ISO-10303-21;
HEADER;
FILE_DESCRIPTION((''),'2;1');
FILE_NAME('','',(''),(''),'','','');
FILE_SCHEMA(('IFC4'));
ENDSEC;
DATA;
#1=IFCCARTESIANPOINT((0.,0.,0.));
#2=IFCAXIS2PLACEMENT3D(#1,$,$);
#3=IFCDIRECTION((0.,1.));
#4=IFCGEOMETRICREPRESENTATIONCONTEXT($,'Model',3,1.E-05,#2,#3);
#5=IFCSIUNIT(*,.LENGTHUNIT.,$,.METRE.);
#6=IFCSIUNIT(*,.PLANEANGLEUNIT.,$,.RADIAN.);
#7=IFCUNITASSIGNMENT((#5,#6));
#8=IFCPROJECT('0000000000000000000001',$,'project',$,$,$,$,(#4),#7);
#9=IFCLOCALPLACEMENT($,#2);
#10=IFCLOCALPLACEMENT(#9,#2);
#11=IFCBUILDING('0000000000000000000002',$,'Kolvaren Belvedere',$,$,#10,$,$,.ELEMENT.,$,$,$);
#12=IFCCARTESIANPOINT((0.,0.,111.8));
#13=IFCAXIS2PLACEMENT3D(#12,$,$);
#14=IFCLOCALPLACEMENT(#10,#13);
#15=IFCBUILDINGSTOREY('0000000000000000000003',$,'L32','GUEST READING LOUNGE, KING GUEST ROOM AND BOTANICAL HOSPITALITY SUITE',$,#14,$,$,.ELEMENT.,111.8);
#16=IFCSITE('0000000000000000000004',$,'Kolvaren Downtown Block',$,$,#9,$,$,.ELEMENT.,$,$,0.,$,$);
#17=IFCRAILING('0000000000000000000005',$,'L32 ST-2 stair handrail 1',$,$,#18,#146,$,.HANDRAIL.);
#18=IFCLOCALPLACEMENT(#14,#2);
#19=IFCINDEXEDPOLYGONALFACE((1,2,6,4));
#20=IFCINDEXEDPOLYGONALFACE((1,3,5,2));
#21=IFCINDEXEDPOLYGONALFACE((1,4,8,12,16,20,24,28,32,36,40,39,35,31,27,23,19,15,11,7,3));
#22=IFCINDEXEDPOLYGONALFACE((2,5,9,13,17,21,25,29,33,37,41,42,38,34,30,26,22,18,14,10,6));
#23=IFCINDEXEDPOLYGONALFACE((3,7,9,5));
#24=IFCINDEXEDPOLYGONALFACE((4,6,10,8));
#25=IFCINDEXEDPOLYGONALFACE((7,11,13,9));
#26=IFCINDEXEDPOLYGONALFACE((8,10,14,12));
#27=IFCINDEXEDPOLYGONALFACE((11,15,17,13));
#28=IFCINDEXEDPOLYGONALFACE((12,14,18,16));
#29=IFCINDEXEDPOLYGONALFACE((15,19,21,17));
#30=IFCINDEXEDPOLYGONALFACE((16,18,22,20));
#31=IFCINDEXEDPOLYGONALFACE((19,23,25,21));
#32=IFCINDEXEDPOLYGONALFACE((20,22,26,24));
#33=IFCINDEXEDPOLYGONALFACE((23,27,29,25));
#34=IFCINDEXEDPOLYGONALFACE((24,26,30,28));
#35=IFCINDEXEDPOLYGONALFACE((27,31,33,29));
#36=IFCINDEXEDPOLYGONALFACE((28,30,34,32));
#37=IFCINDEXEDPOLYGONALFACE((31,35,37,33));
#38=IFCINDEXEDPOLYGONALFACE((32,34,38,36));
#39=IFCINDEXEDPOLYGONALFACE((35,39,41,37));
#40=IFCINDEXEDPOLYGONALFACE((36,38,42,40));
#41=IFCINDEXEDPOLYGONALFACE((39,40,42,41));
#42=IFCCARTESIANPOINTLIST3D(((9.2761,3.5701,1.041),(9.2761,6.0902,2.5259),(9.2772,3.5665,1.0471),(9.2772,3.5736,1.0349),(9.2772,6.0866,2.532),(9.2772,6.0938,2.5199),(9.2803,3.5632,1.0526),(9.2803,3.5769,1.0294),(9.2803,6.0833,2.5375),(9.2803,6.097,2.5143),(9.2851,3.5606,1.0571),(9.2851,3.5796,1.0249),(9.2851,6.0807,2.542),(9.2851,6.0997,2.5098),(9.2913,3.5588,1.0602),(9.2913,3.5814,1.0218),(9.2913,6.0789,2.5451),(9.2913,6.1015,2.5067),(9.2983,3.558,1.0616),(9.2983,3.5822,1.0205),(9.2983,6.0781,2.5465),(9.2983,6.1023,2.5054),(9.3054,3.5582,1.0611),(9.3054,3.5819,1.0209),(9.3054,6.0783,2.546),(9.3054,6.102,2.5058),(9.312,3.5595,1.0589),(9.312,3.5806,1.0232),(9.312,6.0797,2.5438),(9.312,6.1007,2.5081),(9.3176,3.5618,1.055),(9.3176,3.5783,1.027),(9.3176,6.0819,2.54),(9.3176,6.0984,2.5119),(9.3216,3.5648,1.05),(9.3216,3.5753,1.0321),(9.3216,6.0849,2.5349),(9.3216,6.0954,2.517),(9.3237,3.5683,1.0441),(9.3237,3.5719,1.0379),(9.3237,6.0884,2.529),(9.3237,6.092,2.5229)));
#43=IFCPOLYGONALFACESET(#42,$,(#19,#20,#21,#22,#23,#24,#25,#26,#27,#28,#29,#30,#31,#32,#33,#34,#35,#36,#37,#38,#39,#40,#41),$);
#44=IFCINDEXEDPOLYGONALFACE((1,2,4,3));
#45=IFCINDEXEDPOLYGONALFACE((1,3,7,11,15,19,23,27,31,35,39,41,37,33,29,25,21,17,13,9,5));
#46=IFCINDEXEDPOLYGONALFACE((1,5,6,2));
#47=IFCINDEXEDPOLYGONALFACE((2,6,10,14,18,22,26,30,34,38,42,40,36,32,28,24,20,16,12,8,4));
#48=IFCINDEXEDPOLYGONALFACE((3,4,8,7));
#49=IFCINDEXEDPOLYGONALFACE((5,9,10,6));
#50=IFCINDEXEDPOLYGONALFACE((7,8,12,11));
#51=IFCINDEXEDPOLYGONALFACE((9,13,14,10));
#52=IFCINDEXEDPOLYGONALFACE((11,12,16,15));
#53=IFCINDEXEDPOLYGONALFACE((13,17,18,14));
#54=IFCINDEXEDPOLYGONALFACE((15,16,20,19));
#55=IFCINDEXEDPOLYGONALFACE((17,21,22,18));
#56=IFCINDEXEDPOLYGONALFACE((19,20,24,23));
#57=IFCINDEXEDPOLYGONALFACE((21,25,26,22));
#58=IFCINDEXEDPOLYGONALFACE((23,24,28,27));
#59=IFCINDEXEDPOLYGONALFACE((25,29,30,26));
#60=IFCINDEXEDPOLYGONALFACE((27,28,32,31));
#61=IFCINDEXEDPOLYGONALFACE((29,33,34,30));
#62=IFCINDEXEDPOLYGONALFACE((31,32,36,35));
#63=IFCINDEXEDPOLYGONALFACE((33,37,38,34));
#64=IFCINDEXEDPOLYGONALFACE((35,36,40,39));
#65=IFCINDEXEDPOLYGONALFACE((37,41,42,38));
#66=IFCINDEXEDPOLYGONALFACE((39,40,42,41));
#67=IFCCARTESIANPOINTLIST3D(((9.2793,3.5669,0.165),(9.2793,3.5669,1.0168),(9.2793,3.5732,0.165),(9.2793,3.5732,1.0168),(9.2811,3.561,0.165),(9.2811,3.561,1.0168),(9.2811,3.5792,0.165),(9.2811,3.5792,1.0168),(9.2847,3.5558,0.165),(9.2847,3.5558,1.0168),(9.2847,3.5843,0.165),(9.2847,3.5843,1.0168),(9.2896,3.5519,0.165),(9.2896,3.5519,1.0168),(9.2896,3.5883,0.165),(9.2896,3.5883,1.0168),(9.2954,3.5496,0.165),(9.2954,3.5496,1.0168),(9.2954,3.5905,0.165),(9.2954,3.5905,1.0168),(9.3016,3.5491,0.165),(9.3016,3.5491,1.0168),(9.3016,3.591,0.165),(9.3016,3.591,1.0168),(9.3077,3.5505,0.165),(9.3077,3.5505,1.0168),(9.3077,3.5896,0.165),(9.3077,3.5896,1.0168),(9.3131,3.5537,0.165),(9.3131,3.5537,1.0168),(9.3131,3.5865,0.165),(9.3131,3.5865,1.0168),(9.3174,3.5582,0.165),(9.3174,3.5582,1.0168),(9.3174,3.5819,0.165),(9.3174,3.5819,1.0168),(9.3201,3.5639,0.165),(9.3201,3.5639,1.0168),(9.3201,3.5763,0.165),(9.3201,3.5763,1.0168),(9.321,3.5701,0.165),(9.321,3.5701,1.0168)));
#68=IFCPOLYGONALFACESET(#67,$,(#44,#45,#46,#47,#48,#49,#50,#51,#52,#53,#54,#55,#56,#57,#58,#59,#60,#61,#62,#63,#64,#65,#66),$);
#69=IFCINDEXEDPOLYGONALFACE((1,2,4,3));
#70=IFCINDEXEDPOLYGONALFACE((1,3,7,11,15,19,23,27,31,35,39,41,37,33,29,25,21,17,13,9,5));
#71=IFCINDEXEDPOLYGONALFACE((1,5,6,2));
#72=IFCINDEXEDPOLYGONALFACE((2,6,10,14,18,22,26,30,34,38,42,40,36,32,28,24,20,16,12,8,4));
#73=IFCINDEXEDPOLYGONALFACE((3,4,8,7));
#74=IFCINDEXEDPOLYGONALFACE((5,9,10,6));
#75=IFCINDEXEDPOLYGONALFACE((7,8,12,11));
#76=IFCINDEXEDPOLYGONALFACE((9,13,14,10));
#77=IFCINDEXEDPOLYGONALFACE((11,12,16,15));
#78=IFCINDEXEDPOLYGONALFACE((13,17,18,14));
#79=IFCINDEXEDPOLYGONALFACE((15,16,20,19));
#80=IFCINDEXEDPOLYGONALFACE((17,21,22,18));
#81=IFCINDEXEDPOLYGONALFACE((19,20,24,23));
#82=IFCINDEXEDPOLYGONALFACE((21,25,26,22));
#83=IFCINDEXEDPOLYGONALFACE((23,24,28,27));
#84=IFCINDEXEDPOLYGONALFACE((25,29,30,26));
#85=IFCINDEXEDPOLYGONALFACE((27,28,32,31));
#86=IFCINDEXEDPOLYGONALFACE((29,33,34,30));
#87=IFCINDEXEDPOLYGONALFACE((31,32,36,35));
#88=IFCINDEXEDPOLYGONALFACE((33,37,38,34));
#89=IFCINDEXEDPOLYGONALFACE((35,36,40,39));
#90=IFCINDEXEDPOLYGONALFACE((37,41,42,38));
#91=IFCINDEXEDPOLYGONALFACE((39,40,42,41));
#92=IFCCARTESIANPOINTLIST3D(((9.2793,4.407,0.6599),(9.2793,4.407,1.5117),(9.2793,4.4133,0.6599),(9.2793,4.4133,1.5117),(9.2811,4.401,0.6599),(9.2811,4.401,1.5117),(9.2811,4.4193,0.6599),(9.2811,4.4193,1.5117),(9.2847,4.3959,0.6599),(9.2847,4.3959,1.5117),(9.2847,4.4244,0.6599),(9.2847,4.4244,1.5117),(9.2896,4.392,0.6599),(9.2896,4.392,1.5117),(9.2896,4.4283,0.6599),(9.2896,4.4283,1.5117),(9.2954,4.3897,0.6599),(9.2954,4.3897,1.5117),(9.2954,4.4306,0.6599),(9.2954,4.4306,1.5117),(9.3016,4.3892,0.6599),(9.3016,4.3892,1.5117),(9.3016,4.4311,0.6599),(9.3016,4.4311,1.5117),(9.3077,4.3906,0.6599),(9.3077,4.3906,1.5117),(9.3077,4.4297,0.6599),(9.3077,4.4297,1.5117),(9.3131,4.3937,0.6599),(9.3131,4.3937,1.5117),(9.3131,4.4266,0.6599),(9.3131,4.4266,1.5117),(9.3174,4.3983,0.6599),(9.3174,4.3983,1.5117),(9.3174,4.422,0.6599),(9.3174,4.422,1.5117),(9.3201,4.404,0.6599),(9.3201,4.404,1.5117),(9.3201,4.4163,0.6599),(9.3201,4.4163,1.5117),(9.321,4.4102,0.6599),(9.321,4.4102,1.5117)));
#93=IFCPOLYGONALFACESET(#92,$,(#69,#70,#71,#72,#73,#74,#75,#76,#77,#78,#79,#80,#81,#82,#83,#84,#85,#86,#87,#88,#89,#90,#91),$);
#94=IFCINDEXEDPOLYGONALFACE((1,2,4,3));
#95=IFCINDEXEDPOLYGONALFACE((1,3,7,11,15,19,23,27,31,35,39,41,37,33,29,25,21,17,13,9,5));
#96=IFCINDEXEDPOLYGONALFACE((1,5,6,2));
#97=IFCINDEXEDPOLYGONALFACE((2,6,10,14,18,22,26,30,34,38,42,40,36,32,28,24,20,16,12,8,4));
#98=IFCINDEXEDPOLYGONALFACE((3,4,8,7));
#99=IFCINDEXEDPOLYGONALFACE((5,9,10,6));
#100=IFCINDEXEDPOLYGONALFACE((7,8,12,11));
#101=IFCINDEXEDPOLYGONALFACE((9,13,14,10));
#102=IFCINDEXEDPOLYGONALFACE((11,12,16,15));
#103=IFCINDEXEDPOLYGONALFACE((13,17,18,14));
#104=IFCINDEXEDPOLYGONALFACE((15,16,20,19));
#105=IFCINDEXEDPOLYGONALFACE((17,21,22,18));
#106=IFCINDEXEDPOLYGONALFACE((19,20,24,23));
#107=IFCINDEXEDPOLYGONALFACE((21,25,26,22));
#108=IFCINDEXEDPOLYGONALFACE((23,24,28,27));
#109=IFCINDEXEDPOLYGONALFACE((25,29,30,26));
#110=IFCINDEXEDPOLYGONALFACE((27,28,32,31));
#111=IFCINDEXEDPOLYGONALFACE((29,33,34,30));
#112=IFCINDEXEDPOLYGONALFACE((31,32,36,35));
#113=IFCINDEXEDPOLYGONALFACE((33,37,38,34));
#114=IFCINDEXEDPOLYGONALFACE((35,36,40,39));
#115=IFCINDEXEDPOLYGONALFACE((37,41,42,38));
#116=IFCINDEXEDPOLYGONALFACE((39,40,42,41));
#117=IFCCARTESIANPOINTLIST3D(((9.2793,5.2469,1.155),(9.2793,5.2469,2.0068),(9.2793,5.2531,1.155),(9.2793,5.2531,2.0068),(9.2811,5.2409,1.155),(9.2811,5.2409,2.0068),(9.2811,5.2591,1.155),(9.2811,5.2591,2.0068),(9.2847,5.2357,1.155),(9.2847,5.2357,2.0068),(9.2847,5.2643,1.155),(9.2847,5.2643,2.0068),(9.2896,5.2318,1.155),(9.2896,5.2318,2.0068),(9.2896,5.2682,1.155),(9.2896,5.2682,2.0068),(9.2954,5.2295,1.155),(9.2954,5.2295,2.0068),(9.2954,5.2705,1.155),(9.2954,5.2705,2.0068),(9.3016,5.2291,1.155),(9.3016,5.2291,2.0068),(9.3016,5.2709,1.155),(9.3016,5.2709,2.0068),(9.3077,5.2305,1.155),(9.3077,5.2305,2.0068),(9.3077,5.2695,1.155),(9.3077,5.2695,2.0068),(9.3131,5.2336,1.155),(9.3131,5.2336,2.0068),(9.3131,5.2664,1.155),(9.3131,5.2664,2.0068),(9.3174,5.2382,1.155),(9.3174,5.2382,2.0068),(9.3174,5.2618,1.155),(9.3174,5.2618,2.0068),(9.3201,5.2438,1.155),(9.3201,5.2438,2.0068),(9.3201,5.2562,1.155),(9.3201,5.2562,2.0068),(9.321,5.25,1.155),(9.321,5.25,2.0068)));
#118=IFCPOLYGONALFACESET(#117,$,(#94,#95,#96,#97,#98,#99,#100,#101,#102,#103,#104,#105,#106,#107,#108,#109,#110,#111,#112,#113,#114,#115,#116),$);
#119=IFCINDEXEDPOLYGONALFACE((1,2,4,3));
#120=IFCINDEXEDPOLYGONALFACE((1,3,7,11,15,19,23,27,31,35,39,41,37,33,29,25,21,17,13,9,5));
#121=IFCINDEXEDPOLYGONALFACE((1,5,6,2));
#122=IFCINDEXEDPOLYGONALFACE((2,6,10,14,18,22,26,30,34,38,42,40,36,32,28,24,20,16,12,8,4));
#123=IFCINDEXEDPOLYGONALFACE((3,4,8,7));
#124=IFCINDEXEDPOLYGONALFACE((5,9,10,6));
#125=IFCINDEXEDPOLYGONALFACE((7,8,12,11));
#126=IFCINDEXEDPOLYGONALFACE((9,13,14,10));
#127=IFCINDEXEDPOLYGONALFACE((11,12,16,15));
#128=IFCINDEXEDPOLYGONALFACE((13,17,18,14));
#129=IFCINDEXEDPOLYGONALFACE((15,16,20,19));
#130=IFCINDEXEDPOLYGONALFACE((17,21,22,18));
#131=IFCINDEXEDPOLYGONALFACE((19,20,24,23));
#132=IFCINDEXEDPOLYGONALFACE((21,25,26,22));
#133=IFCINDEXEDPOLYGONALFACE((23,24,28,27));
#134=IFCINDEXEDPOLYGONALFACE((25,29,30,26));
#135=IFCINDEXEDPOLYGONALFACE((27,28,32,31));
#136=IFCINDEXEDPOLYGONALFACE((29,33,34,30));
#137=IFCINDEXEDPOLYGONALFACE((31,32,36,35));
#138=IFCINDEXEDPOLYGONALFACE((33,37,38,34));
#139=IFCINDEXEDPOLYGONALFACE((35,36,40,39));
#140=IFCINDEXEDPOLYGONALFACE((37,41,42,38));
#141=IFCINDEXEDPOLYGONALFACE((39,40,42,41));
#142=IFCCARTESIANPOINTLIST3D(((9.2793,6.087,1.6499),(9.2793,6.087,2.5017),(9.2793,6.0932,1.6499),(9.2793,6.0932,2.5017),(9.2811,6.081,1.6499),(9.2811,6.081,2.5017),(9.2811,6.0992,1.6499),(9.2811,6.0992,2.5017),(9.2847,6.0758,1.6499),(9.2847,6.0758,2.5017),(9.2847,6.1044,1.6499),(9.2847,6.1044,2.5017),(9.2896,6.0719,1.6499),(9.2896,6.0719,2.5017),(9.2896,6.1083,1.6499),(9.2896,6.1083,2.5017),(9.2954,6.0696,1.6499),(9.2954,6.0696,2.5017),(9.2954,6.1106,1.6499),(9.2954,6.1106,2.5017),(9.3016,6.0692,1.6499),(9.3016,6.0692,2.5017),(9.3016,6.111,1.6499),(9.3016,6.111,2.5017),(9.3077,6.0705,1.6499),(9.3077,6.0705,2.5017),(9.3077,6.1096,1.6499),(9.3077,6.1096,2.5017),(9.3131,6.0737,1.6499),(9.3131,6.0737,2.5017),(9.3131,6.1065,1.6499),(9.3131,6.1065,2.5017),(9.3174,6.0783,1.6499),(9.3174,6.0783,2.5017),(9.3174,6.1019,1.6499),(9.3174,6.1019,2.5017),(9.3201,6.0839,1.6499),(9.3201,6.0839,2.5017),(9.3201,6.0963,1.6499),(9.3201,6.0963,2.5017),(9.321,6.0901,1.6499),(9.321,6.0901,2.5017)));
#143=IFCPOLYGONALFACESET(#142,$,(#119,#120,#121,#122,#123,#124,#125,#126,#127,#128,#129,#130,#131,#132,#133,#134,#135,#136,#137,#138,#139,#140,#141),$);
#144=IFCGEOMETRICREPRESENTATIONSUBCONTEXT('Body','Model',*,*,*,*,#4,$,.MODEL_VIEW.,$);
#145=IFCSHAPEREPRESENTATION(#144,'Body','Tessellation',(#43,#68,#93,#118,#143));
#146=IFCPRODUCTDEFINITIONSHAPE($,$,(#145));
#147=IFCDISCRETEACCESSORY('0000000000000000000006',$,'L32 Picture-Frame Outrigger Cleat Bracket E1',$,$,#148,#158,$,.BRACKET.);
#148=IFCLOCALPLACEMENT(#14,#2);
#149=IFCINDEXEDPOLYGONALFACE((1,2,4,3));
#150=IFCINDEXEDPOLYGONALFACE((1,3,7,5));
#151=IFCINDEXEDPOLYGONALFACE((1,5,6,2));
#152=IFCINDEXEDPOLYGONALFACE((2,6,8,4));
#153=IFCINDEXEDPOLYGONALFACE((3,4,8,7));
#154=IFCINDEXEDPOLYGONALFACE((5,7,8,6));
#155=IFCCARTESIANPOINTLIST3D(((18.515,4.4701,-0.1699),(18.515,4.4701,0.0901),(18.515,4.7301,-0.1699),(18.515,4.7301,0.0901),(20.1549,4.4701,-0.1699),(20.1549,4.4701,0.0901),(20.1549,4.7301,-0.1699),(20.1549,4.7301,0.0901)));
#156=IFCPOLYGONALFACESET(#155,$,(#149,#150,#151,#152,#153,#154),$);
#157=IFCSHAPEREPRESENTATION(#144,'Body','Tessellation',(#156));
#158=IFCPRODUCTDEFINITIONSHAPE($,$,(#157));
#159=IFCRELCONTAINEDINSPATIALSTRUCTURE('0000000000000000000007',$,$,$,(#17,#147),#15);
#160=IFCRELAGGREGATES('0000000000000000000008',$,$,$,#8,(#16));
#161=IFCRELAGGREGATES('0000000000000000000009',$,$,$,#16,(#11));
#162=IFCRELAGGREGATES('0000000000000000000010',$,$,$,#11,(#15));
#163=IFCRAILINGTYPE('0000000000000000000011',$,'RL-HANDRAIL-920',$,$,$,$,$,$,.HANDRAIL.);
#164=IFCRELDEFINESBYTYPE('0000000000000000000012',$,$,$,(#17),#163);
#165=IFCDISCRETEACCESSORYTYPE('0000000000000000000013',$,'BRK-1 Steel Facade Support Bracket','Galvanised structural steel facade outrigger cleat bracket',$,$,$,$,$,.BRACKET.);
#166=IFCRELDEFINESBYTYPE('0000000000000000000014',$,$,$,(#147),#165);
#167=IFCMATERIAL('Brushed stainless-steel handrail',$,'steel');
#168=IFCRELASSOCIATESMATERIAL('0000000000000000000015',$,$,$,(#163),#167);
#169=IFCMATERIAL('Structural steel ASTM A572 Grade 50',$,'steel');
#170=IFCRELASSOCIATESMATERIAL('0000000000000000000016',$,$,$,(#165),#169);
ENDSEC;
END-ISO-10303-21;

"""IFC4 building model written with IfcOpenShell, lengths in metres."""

from ifc_helpers import new_model, si_unit, direction, frame, origin, origin_2d, place, context, subcontext, project, spatial, rectangle, circle, extrude, material, type_object, element, save


model = new_model("IFC4")

# Units and contexts
model_context = context("Model", 3, precision=1e-05, world=origin(), true_north=direction((0.0, 1.0)))
body_context = subcontext(model_context, "Body", "Model", "MODEL_VIEW")
ifc_project = project(units=[si_unit("LENGTHUNIT", "METRE"), si_unit("PLANEANGLEUNIT", "RADIAN")], contexts=[model_context])

# Site, building, storey
site_placement = place(None, origin())
site = spatial("IfcSite", under=ifc_project, at=site_placement, Name="Kolvaren Downtown Block", CompositionType="ELEMENT", RefElevation=0.0)
building_placement = place(site_placement, origin())
building = spatial("IfcBuilding", under=site, at=building_placement, Name="Kolvaren Belvedere", CompositionType="ELEMENT")
storey_placement = place(building_placement, frame((0.0, 0.0, 111.8)))
storey = spatial("IfcBuildingStorey", under=building, at=storey_placement, Name="L32", Description="GUEST READING LOUNGE, KING GUEST ROOM AND BOTANICAL HOSPITALITY SUITE", CompositionType="ELEMENT", Elevation=111.8)

# Railing
ifc_material_1 = material(Name="Brushed stainless-steel handrail", Category="steel")
railing_type = type_object("IfcRailingType", Name="RL-HANDRAIL-920", PredefinedType="HANDRAIL", material=ifc_material_1)
railing_placement = place(storey_placement, frame((9.3, 3.5701, 0.165)))
element("IfcRailing", 1, at=railing_placement, inside=storey, type_object=railing_type, Name="L32 ST-2 stair handrail 1", PredefinedType="HANDRAIL", context=body_context, shape_type="SweptSolid", body=[
    extrude(circle(Radius=0.0239, at=origin_2d()), frame((0.0, 0.0, 0.876), z_axis=(0.0, 0.861561, 0.507655), x_axis=(-1.0, 0.0, 0.0)), (0.0, 0.0, 1.0), 2.925),
    extrude(circle(Radius=0.021, at=origin_2d()), origin(), (0.0, 0.0, 1.0), 0.8518),
    extrude(circle(Radius=0.021, at=origin_2d()), frame((0.0, 0.8401, 0.4949)), (0.0, 0.0, 1.0), 0.8518),
    extrude(circle(Radius=0.021, at=origin_2d()), frame((0.0, 1.6799, 0.99)), (0.0, 0.0, 1.0), 0.8518),
    extrude(circle(Radius=0.021, at=origin_2d()), frame((0.0, 2.52, 1.4849)), (0.0, 0.0, 1.0), 0.8518),
])

# Discrete accessory
ifc_material_2 = material(Name="Structural steel ASTM A572 Grade 50", Category="steel")
discrete_accessory_type = type_object("IfcDiscreteAccessoryType", Name="BRK-1 Steel Facade Support Bracket", Description="Galvanised structural steel facade outrigger cleat bracket", PredefinedType="BRACKET", material=ifc_material_2)
discrete_accessory_placement = place(storey_placement, frame((19.335, 4.6001, -0.1699), z_axis=(0.0, 0.0, 1.0), x_axis=(1.0, 0.0, 0.0)))
element("IfcDiscreteAccessory", 2, at=discrete_accessory_placement, inside=storey, type_object=discrete_accessory_type, Name="L32 Picture-Frame Outrigger Cleat Bracket E1", PredefinedType="BRACKET", context=body_context, shape_type="SweptSolid", body=[
    extrude(rectangle(XDim=1.6399, YDim=0.26, at=origin_2d()), origin(), (0.0, 0.0, 1.0), 0.26),
])

save(model, "model.ifc")
